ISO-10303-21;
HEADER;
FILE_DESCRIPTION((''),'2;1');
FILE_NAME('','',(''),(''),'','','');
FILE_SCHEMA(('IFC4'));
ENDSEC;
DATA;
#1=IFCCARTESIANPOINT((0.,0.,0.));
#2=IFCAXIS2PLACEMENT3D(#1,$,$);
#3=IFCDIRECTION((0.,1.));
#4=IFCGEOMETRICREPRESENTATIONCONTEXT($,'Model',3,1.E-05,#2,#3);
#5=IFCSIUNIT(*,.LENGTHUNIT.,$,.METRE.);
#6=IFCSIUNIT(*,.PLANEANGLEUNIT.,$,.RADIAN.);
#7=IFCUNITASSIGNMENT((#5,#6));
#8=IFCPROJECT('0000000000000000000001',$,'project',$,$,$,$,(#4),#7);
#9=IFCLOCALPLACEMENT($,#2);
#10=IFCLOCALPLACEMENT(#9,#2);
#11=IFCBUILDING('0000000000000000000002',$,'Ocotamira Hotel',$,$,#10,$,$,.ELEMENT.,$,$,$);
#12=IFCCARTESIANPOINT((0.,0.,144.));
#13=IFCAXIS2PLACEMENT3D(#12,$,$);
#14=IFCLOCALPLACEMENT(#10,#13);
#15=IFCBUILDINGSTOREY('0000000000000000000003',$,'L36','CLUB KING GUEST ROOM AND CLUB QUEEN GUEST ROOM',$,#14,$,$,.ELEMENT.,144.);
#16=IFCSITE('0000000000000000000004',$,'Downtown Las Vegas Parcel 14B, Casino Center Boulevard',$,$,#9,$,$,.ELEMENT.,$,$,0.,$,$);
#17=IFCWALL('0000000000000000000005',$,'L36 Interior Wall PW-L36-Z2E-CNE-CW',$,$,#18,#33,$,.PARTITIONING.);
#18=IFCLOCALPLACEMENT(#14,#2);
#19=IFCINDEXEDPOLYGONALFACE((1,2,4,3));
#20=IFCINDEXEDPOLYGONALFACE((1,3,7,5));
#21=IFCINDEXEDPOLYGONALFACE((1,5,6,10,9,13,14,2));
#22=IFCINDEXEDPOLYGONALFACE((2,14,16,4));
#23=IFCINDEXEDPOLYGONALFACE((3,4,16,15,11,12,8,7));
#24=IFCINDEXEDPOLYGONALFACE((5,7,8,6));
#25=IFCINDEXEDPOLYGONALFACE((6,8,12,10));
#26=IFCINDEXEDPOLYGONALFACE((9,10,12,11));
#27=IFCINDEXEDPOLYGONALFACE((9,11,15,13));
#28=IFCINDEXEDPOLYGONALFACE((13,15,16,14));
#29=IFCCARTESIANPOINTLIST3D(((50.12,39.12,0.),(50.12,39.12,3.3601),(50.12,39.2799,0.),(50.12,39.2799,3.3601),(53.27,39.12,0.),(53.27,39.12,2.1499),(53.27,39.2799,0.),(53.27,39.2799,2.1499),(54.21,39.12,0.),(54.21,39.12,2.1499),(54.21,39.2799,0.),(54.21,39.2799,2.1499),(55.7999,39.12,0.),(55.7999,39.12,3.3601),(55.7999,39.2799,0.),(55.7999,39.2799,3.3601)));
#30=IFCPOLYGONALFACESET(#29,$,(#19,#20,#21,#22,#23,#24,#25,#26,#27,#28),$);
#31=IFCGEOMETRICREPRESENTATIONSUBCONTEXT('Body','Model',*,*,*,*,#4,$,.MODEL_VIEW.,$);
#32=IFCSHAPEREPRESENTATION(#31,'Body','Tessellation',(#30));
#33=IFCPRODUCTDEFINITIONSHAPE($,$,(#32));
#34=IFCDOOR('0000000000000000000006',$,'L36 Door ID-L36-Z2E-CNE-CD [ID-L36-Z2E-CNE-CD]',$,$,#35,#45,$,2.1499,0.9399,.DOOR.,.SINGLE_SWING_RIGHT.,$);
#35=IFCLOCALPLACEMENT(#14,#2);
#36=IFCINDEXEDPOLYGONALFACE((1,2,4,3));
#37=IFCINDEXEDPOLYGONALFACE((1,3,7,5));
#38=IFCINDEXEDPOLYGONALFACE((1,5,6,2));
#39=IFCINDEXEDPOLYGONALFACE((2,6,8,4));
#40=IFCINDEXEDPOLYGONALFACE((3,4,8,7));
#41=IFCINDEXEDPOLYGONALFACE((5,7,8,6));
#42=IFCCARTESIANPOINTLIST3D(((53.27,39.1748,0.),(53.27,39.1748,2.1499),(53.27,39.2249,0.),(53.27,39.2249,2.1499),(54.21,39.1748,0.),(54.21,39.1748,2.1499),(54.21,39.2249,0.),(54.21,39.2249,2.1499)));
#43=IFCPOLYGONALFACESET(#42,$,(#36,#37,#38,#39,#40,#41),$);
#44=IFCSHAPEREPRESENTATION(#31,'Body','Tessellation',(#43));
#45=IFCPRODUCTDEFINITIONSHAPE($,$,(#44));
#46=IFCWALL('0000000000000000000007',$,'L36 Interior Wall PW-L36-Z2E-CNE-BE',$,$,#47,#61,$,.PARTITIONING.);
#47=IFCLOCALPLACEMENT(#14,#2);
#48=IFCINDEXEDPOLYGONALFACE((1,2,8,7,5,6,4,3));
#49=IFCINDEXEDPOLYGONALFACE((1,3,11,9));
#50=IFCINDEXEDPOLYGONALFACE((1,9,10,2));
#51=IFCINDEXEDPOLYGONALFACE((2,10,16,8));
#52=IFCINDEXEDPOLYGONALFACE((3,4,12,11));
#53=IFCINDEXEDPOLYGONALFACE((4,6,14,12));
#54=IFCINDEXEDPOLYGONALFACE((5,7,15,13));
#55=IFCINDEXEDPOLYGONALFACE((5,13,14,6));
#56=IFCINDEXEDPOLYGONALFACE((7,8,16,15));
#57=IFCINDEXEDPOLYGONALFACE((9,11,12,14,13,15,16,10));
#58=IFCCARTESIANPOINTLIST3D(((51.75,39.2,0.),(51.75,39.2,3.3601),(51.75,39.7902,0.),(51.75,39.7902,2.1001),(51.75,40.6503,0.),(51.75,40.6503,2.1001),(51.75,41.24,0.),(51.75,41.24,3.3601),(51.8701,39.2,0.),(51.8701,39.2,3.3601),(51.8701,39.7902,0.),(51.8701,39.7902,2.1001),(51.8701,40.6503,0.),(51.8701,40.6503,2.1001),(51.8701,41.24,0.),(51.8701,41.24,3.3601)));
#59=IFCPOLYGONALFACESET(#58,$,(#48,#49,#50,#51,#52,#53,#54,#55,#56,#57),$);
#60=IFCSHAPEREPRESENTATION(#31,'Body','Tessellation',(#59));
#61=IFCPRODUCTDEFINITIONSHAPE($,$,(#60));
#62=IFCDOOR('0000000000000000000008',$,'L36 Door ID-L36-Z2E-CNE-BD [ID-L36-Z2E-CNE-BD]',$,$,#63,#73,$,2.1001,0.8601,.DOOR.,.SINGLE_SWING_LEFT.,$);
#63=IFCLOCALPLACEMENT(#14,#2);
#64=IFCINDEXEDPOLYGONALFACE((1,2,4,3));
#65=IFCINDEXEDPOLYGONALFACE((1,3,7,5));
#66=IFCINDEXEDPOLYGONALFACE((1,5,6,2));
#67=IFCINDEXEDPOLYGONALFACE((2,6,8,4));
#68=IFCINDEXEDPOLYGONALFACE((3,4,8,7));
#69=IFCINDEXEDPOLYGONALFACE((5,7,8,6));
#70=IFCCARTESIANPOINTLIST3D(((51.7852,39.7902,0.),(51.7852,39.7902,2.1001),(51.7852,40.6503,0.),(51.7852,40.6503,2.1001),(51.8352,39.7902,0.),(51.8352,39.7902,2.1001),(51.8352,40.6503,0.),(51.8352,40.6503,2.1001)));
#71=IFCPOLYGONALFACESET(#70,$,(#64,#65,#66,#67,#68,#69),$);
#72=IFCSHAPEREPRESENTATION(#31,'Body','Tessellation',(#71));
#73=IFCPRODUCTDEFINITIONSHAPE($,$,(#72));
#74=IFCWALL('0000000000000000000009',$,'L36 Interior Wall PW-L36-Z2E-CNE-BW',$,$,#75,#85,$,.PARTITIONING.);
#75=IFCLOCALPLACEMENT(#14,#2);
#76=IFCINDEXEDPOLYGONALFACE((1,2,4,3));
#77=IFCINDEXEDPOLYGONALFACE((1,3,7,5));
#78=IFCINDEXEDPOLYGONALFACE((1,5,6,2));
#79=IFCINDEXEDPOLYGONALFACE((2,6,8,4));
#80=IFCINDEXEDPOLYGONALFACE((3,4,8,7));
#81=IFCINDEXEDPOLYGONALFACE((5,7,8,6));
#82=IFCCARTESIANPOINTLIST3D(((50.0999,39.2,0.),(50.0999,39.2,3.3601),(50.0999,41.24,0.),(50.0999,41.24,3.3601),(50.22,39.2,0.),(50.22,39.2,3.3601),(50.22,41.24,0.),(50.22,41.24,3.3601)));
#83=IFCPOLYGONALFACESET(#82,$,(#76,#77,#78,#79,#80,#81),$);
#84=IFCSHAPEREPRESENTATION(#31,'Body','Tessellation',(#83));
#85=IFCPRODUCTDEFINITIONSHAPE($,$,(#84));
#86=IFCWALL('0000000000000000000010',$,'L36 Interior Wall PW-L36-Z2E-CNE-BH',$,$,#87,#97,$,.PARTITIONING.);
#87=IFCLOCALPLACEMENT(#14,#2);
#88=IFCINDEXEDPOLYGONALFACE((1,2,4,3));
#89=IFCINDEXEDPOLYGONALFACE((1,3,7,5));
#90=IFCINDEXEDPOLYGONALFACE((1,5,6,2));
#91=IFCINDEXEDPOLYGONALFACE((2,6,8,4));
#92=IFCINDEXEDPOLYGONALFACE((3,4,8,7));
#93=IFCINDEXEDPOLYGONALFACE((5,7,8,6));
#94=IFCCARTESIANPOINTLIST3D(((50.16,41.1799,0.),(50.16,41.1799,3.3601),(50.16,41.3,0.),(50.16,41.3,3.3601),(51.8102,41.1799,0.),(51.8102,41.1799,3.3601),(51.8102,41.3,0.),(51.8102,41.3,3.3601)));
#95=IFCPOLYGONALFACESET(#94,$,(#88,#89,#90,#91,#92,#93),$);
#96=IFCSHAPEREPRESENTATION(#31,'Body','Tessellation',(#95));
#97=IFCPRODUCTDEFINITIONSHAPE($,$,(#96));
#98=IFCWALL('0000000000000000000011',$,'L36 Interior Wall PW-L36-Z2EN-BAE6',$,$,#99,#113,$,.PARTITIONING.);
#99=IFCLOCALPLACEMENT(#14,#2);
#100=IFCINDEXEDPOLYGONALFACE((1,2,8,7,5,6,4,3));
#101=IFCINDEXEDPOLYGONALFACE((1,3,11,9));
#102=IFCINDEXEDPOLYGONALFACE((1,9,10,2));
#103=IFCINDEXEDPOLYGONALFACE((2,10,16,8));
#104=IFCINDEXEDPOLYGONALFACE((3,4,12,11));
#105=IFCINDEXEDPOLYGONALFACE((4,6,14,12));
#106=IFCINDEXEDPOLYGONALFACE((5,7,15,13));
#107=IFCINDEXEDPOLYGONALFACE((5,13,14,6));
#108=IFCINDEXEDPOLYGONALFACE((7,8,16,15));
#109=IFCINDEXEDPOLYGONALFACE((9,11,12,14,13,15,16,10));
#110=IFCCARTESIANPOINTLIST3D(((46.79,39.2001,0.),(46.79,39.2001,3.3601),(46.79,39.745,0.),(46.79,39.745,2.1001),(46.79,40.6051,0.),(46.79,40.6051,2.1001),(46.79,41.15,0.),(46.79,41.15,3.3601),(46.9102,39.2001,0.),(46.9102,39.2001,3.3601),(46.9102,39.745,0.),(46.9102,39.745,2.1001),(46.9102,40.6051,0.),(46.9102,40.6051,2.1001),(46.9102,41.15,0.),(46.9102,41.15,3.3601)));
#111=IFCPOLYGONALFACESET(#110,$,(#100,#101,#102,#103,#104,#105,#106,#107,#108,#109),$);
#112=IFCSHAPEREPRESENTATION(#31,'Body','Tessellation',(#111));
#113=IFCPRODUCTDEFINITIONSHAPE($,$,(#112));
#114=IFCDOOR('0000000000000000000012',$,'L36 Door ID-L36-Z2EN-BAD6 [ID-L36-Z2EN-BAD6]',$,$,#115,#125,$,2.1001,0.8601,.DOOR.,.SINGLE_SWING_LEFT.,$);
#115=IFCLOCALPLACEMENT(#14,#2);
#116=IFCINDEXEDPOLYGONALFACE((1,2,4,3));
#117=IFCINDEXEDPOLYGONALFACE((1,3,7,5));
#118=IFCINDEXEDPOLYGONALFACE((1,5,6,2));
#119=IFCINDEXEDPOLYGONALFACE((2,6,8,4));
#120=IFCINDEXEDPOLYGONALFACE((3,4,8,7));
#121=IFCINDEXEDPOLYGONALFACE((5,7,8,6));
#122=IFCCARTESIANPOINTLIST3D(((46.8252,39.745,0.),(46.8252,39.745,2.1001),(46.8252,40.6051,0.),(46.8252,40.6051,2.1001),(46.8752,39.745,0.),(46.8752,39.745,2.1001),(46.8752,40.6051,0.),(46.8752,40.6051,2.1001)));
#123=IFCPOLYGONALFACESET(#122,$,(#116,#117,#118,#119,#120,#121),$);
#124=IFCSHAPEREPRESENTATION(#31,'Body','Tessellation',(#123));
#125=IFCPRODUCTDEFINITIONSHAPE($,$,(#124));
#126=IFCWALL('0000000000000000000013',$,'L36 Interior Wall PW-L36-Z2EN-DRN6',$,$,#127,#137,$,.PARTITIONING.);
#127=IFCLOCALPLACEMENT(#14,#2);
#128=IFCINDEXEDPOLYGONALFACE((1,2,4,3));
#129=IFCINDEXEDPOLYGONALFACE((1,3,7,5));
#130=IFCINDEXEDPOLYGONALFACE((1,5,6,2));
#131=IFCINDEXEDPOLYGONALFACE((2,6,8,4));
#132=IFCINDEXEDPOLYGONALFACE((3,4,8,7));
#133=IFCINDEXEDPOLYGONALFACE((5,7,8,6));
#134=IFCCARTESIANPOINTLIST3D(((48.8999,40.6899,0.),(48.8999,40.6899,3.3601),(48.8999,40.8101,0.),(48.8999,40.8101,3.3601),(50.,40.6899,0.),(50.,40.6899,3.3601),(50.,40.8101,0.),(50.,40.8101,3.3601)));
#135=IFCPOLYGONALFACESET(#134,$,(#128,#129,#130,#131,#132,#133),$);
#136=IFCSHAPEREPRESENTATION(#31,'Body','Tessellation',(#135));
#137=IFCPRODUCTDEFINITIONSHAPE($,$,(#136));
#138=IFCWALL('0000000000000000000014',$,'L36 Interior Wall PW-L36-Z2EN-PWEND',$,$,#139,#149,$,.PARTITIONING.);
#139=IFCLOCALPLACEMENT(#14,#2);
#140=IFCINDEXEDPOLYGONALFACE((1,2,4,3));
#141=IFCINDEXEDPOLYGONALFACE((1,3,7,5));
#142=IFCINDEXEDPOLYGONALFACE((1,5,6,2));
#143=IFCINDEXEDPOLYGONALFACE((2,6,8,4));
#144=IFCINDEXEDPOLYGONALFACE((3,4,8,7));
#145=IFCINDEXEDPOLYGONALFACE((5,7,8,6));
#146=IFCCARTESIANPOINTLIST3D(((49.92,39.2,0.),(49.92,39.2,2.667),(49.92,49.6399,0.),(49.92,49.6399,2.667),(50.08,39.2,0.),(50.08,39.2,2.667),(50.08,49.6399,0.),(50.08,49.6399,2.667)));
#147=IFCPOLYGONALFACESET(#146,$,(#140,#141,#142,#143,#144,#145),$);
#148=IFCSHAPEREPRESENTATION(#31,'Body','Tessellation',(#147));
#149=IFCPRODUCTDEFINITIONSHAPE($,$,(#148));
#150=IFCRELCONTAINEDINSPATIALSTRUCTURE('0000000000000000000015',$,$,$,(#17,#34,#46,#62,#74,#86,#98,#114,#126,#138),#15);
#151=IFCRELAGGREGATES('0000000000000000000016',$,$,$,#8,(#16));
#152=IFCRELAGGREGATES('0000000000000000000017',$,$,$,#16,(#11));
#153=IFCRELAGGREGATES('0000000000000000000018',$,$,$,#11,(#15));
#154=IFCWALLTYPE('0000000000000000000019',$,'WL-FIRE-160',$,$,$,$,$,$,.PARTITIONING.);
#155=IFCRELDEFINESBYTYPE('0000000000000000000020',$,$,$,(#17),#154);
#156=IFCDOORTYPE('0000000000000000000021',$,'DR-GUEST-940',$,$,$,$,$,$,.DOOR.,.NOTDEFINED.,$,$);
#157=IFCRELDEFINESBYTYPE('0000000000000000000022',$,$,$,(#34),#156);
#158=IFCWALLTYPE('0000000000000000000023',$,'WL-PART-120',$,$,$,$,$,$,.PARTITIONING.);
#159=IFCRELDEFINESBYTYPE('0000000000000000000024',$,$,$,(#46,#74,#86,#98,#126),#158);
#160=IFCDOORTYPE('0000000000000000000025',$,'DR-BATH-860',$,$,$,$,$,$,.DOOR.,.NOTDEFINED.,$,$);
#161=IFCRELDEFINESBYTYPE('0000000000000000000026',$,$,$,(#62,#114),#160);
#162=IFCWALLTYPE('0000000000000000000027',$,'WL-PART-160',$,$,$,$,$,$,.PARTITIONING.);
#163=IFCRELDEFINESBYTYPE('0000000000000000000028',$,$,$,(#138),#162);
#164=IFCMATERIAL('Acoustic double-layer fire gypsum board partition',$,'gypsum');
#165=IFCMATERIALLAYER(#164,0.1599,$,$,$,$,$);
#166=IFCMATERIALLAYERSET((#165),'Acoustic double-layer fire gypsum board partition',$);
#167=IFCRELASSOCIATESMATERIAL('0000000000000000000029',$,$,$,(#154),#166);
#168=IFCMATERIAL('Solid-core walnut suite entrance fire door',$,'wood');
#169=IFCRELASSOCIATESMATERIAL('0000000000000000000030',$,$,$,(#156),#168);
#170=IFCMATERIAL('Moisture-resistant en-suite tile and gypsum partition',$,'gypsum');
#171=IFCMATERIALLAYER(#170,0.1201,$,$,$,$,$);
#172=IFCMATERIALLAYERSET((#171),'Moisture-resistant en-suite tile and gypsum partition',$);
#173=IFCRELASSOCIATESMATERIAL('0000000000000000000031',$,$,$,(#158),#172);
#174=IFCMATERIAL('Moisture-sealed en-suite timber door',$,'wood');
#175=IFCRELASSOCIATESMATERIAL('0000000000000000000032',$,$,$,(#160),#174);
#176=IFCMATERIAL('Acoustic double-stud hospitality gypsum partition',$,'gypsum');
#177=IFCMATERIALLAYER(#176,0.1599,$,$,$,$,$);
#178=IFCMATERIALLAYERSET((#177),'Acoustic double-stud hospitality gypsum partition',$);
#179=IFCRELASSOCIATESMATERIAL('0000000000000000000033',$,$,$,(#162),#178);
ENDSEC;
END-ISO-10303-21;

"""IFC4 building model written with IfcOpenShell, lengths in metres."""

from ifc_helpers import new_model, si_unit, direction, frame, frame_2d, origin, place, context, subcontext, project, spatial, rectangle, extrude, source, transform, mapped, material, layer, layer_set, type_object, element, fill, save


model = new_model("IFC4")

# Units and contexts
model_context = context("Model", 3, precision=1e-05, world=origin(), true_north=direction((0.0, 1.0)))
body_context = subcontext(model_context, "Body", "Model", "MODEL_VIEW")
ifc_project = project(units=[si_unit("LENGTHUNIT", "METRE"), si_unit("PLANEANGLEUNIT", "RADIAN")], contexts=[model_context])

# Site, building, storey
site_placement = place(None, origin())
site = spatial("IfcSite", under=ifc_project, at=site_placement, Name="Downtown Las Vegas Parcel 14B, Casino Center Boulevard", CompositionType="ELEMENT", RefElevation=0.0)
building_placement = place(site_placement, origin())
building = spatial("IfcBuilding", under=site, at=building_placement, Name="Ocotamira Hotel", CompositionType="ELEMENT")
storey_placement = place(building_placement, frame((0.0, 0.0, 144.0)))
storey = spatial("IfcBuildingStorey", under=building, at=storey_placement, Name="L36", Description="CLUB KING GUEST ROOM AND CLUB QUEEN GUEST ROOM", CompositionType="ELEMENT", Elevation=144.0)

# Walls, openings, doors
ifc_material_1 = material(Name="Acoustic double-layer fire gypsum board partition", Category="gypsum")
ifc_layer_1 = layer(ifc_material_1, 0.1599)
ifc_layer_set_1 = layer_set([ifc_layer_1], Name="Acoustic double-layer fire gypsum board partition")
wall_type_1 = type_object("IfcWallType", Name="WL-FIRE-160", PredefinedType="PARTITIONING", material=ifc_layer_set_1)
wall_1_placement = place(storey_placement, frame((50.1201, 39.2, 0.0), z_axis=(0.0, 0.0, 1.0), x_axis=(1.0, 0.0, 0.0)))
wall_1 = element("IfcWall", 1, at=wall_1_placement, inside=storey, type_object=wall_type_1, Name="L36 Interior Wall PW-L36-Z2E-CNE-CW", PredefinedType="PARTITIONING", context=body_context, shape_type="SweptSolid", body=[
    extrude(rectangle(XDim=5.6799, YDim=0.1599, at=frame_2d((2.8398, 0.0))), origin(), (0.0, 0.0, 1.0), 3.3601),
])
opening_1_placement = place(wall_1_placement, frame((3.1499, 0.0, 0.0)))
opening_1 = element("IfcOpeningElement", 2, at=opening_1_placement, cuts=wall_1, PredefinedType="OPENING", context=body_context, shape_type="SweptSolid", body=[
    extrude(rectangle(XDim=0.9399, YDim=2.1499, at=frame_2d((0.47, 1.075))), frame((0.0, 0.0898, 0.0), z_axis=(0.0, -1.0, 0.0), x_axis=(1.0, 0.0, 0.0)), (0.0, 0.0, 1.0), 0.1799),
])
ifc_material_2 = material(Name="Solid-core walnut suite entrance fire door", Category="wood")
door_type_1 = type_object("IfcDoorType", Name="DR-GUEST-940", OperationType="NOTDEFINED", PredefinedType="DOOR", material=ifc_material_2)
shared_shape_1 = source(origin(), body_context, "Body", "SweptSolid", [
    extrude(rectangle(XDim=0.9399, YDim=2.1499, at=frame_2d((0.47, 1.075))), frame((0.0, 0.0249, 0.0), z_axis=(0.0, -1.0, 0.0), x_axis=(1.0, 0.0, 0.0)), (0.0, 0.0, 1.0), 0.05),
])
door_1_placement = place(opening_1_placement, origin())
door_1 = element("IfcDoor", 3, at=door_1_placement, inside=storey, type_object=door_type_1, Name="L36 Door ID-L36-Z2E-CNE-CD [ID-L36-Z2E-CNE-CD]", OperationType="SINGLE_SWING_RIGHT", OverallHeight=2.1499, OverallWidth=0.9399, PredefinedType="DOOR", context=body_context, shape_type="MappedRepresentation", body=[
    mapped(shared_shape_1, transform((0.0, 0.0, 0.0), scale=1.0)),
])
fill(opening_1, door_1)
ifc_material_3 = material(Name="Moisture-resistant en-suite tile and gypsum partition", Category="gypsum")
ifc_layer_2 = layer(ifc_material_3, 0.1201)
ifc_layer_set_2 = layer_set([ifc_layer_2], Name="Moisture-resistant en-suite tile and gypsum partition")
wall_type_2 = type_object("IfcWallType", Name="WL-PART-120", PredefinedType="PARTITIONING", material=ifc_layer_set_2)
wall_2_placement = place(storey_placement, frame((51.8101, 39.2, 0.0), z_axis=(0.0, 0.0, 1.0), x_axis=(0.0, 1.0, 0.0)))
wall_2 = element("IfcWall", 4, at=wall_2_placement, inside=storey, type_object=wall_type_2, Name="L36 Interior Wall PW-L36-Z2E-CNE-BE", PredefinedType="PARTITIONING", context=body_context, shape_type="SweptSolid", body=[
    extrude(rectangle(XDim=2.04, YDim=0.1201, at=frame_2d((1.02, 0.0))), origin(), (0.0, 0.0, 1.0), 3.3601),
])
opening_2_placement = place(wall_2_placement, frame((0.5901, 0.0, 0.0)))
opening_2 = element("IfcOpeningElement", 5, at=opening_2_placement, cuts=wall_2, PredefinedType="OPENING", context=body_context, shape_type="SweptSolid", body=[
    extrude(rectangle(XDim=0.8601, YDim=2.1001, at=frame_2d((0.4302, 1.05))), frame((0.0, 0.0701, 0.0), z_axis=(0.0, -1.0, 0.0), x_axis=(1.0, 0.0, 0.0)), (0.0, 0.0, 1.0), 0.1401),
])
ifc_material_4 = material(Name="Moisture-sealed en-suite timber door", Category="wood")
door_type_2 = type_object("IfcDoorType", Name="DR-BATH-860", OperationType="NOTDEFINED", PredefinedType="DOOR", material=ifc_material_4)
shared_shape_2 = source(origin(), body_context, "Body", "SweptSolid", [
    extrude(rectangle(XDim=0.8601, YDim=2.1001, at=frame_2d((0.4302, 1.05))), frame((0.0, 0.0249, 0.0), z_axis=(0.0, -1.0, 0.0), x_axis=(1.0, 0.0, 0.0)), (0.0, 0.0, 1.0), 0.05),
])
door_2_placement = place(opening_2_placement, origin())
door_2 = element("IfcDoor", 6, at=door_2_placement, inside=storey, type_object=door_type_2, Name="L36 Door ID-L36-Z2E-CNE-BD [ID-L36-Z2E-CNE-BD]", OperationType="SINGLE_SWING_LEFT", OverallHeight=2.1001, OverallWidth=0.8601, PredefinedType="DOOR", context=body_context, shape_type="MappedRepresentation", body=[
    mapped(shared_shape_2, transform((0.0, 0.0, 0.0), scale=1.0)),
])
fill(opening_2, door_2)

# Walls
wall_3_placement = place(storey_placement, frame((50.1599, 39.2, 0.0), z_axis=(0.0, 0.0, 1.0), x_axis=(0.0, 1.0, 0.0)))
element("IfcWall", 7, at=wall_3_placement, inside=storey, type_object=wall_type_2, Name="L36 Interior Wall PW-L36-Z2E-CNE-BW", PredefinedType="PARTITIONING", context=body_context, shape_type="SweptSolid", body=[
    extrude(rectangle(XDim=2.04, YDim=0.1201, at=frame_2d((1.02, 0.0))), origin(), (0.0, 0.0, 1.0), 3.3601),
])
wall_4_placement = place(storey_placement, frame((50.1599, 41.24, 0.0), z_axis=(0.0, 0.0, 1.0), x_axis=(1.0, 0.0, 0.0)))
element("IfcWall", 8, at=wall_4_placement, inside=storey, type_object=wall_type_2, Name="L36 Interior Wall PW-L36-Z2E-CNE-BH", PredefinedType="PARTITIONING", context=body_context, shape_type="SweptSolid", body=[
    extrude(rectangle(XDim=1.6501, YDim=0.1201, at=frame_2d((0.8252, 0.0))), origin(), (0.0, 0.0, 1.0), 3.3601),
])

# Wall, opening, door
wall_5_placement = place(storey_placement, frame((46.8501, 39.2, 0.0), z_axis=(0.0, 0.0, 1.0), x_axis=(0.0, 1.0, 0.0)))
wall_5 = element("IfcWall", 9, at=wall_5_placement, inside=storey, type_object=wall_type_2, Name="L36 Interior Wall PW-L36-Z2EN-BAE6", PredefinedType="PARTITIONING", context=body_context, shape_type="SweptSolid", body=[
    extrude(rectangle(XDim=1.95, YDim=0.1201, at=frame_2d((0.9751, 0.0))), origin(), (0.0, 0.0, 1.0), 3.3601),
])
opening_3_placement = place(wall_5_placement, frame((0.5449, 0.0, 0.0)))
opening_3 = element("IfcOpeningElement", 10, at=opening_3_placement, cuts=wall_5, PredefinedType="OPENING", context=body_context, shape_type="SweptSolid", body=[
    extrude(rectangle(XDim=0.8601, YDim=2.1001, at=frame_2d((0.4302, 1.05))), frame((0.0, 0.0701, 0.0), z_axis=(0.0, -1.0, 0.0), x_axis=(1.0, 0.0, 0.0)), (0.0, 0.0, 1.0), 0.1401),
])
door_3_placement = place(opening_3_placement, origin())
door_3 = element("IfcDoor", 11, at=door_3_placement, inside=storey, type_object=door_type_2, Name="L36 Door ID-L36-Z2EN-BAD6 [ID-L36-Z2EN-BAD6]", OperationType="SINGLE_SWING_LEFT", OverallHeight=2.1001, OverallWidth=0.8601, PredefinedType="DOOR", context=body_context, shape_type="MappedRepresentation", body=[
    mapped(shared_shape_2, transform((0.0, 0.0, 0.0), scale=1.0)),
])
fill(opening_3, door_3)

# Walls
wall_6_placement = place(storey_placement, frame((48.8999, 40.75, 0.0), z_axis=(0.0, 0.0, 1.0), x_axis=(1.0, 0.0, 0.0)))
element("IfcWall", 12, at=wall_6_placement, inside=storey, type_object=wall_type_2, Name="L36 Interior Wall PW-L36-Z2EN-DRN6", PredefinedType="PARTITIONING", context=body_context, shape_type="SweptSolid", body=[
    extrude(rectangle(XDim=1.1001, YDim=0.1201, at=frame_2d((0.55, 0.0))), origin(), (0.0, 0.0, 1.0), 3.3601),
])
ifc_material_5 = material(Name="Acoustic double-stud hospitality gypsum partition", Category="gypsum")
ifc_layer_3 = layer(ifc_material_5, 0.1599)
ifc_layer_set_3 = layer_set([ifc_layer_3], Name="Acoustic double-stud hospitality gypsum partition")
wall_type_3 = type_object("IfcWallType", Name="WL-PART-160", PredefinedType="PARTITIONING", material=ifc_layer_set_3)
wall_7_placement = place(storey_placement, frame((50.0, 39.2, 0.0), z_axis=(0.0, 0.0, 1.0), x_axis=(0.0, 1.0, 0.0)))
element("IfcWall", 13, at=wall_7_placement, inside=storey, type_object=wall_type_3, Name="L36 Interior Wall PW-L36-Z2EN-PWEND", PredefinedType="PARTITIONING", context=body_context, shape_type="SweptSolid", body=[
    extrude(rectangle(XDim=10.4399, YDim=0.1599, at=frame_2d((5.22, 0.0))), origin(), (0.0, 0.0, 1.0), 2.667),
])

save(model, "model.ifc")
